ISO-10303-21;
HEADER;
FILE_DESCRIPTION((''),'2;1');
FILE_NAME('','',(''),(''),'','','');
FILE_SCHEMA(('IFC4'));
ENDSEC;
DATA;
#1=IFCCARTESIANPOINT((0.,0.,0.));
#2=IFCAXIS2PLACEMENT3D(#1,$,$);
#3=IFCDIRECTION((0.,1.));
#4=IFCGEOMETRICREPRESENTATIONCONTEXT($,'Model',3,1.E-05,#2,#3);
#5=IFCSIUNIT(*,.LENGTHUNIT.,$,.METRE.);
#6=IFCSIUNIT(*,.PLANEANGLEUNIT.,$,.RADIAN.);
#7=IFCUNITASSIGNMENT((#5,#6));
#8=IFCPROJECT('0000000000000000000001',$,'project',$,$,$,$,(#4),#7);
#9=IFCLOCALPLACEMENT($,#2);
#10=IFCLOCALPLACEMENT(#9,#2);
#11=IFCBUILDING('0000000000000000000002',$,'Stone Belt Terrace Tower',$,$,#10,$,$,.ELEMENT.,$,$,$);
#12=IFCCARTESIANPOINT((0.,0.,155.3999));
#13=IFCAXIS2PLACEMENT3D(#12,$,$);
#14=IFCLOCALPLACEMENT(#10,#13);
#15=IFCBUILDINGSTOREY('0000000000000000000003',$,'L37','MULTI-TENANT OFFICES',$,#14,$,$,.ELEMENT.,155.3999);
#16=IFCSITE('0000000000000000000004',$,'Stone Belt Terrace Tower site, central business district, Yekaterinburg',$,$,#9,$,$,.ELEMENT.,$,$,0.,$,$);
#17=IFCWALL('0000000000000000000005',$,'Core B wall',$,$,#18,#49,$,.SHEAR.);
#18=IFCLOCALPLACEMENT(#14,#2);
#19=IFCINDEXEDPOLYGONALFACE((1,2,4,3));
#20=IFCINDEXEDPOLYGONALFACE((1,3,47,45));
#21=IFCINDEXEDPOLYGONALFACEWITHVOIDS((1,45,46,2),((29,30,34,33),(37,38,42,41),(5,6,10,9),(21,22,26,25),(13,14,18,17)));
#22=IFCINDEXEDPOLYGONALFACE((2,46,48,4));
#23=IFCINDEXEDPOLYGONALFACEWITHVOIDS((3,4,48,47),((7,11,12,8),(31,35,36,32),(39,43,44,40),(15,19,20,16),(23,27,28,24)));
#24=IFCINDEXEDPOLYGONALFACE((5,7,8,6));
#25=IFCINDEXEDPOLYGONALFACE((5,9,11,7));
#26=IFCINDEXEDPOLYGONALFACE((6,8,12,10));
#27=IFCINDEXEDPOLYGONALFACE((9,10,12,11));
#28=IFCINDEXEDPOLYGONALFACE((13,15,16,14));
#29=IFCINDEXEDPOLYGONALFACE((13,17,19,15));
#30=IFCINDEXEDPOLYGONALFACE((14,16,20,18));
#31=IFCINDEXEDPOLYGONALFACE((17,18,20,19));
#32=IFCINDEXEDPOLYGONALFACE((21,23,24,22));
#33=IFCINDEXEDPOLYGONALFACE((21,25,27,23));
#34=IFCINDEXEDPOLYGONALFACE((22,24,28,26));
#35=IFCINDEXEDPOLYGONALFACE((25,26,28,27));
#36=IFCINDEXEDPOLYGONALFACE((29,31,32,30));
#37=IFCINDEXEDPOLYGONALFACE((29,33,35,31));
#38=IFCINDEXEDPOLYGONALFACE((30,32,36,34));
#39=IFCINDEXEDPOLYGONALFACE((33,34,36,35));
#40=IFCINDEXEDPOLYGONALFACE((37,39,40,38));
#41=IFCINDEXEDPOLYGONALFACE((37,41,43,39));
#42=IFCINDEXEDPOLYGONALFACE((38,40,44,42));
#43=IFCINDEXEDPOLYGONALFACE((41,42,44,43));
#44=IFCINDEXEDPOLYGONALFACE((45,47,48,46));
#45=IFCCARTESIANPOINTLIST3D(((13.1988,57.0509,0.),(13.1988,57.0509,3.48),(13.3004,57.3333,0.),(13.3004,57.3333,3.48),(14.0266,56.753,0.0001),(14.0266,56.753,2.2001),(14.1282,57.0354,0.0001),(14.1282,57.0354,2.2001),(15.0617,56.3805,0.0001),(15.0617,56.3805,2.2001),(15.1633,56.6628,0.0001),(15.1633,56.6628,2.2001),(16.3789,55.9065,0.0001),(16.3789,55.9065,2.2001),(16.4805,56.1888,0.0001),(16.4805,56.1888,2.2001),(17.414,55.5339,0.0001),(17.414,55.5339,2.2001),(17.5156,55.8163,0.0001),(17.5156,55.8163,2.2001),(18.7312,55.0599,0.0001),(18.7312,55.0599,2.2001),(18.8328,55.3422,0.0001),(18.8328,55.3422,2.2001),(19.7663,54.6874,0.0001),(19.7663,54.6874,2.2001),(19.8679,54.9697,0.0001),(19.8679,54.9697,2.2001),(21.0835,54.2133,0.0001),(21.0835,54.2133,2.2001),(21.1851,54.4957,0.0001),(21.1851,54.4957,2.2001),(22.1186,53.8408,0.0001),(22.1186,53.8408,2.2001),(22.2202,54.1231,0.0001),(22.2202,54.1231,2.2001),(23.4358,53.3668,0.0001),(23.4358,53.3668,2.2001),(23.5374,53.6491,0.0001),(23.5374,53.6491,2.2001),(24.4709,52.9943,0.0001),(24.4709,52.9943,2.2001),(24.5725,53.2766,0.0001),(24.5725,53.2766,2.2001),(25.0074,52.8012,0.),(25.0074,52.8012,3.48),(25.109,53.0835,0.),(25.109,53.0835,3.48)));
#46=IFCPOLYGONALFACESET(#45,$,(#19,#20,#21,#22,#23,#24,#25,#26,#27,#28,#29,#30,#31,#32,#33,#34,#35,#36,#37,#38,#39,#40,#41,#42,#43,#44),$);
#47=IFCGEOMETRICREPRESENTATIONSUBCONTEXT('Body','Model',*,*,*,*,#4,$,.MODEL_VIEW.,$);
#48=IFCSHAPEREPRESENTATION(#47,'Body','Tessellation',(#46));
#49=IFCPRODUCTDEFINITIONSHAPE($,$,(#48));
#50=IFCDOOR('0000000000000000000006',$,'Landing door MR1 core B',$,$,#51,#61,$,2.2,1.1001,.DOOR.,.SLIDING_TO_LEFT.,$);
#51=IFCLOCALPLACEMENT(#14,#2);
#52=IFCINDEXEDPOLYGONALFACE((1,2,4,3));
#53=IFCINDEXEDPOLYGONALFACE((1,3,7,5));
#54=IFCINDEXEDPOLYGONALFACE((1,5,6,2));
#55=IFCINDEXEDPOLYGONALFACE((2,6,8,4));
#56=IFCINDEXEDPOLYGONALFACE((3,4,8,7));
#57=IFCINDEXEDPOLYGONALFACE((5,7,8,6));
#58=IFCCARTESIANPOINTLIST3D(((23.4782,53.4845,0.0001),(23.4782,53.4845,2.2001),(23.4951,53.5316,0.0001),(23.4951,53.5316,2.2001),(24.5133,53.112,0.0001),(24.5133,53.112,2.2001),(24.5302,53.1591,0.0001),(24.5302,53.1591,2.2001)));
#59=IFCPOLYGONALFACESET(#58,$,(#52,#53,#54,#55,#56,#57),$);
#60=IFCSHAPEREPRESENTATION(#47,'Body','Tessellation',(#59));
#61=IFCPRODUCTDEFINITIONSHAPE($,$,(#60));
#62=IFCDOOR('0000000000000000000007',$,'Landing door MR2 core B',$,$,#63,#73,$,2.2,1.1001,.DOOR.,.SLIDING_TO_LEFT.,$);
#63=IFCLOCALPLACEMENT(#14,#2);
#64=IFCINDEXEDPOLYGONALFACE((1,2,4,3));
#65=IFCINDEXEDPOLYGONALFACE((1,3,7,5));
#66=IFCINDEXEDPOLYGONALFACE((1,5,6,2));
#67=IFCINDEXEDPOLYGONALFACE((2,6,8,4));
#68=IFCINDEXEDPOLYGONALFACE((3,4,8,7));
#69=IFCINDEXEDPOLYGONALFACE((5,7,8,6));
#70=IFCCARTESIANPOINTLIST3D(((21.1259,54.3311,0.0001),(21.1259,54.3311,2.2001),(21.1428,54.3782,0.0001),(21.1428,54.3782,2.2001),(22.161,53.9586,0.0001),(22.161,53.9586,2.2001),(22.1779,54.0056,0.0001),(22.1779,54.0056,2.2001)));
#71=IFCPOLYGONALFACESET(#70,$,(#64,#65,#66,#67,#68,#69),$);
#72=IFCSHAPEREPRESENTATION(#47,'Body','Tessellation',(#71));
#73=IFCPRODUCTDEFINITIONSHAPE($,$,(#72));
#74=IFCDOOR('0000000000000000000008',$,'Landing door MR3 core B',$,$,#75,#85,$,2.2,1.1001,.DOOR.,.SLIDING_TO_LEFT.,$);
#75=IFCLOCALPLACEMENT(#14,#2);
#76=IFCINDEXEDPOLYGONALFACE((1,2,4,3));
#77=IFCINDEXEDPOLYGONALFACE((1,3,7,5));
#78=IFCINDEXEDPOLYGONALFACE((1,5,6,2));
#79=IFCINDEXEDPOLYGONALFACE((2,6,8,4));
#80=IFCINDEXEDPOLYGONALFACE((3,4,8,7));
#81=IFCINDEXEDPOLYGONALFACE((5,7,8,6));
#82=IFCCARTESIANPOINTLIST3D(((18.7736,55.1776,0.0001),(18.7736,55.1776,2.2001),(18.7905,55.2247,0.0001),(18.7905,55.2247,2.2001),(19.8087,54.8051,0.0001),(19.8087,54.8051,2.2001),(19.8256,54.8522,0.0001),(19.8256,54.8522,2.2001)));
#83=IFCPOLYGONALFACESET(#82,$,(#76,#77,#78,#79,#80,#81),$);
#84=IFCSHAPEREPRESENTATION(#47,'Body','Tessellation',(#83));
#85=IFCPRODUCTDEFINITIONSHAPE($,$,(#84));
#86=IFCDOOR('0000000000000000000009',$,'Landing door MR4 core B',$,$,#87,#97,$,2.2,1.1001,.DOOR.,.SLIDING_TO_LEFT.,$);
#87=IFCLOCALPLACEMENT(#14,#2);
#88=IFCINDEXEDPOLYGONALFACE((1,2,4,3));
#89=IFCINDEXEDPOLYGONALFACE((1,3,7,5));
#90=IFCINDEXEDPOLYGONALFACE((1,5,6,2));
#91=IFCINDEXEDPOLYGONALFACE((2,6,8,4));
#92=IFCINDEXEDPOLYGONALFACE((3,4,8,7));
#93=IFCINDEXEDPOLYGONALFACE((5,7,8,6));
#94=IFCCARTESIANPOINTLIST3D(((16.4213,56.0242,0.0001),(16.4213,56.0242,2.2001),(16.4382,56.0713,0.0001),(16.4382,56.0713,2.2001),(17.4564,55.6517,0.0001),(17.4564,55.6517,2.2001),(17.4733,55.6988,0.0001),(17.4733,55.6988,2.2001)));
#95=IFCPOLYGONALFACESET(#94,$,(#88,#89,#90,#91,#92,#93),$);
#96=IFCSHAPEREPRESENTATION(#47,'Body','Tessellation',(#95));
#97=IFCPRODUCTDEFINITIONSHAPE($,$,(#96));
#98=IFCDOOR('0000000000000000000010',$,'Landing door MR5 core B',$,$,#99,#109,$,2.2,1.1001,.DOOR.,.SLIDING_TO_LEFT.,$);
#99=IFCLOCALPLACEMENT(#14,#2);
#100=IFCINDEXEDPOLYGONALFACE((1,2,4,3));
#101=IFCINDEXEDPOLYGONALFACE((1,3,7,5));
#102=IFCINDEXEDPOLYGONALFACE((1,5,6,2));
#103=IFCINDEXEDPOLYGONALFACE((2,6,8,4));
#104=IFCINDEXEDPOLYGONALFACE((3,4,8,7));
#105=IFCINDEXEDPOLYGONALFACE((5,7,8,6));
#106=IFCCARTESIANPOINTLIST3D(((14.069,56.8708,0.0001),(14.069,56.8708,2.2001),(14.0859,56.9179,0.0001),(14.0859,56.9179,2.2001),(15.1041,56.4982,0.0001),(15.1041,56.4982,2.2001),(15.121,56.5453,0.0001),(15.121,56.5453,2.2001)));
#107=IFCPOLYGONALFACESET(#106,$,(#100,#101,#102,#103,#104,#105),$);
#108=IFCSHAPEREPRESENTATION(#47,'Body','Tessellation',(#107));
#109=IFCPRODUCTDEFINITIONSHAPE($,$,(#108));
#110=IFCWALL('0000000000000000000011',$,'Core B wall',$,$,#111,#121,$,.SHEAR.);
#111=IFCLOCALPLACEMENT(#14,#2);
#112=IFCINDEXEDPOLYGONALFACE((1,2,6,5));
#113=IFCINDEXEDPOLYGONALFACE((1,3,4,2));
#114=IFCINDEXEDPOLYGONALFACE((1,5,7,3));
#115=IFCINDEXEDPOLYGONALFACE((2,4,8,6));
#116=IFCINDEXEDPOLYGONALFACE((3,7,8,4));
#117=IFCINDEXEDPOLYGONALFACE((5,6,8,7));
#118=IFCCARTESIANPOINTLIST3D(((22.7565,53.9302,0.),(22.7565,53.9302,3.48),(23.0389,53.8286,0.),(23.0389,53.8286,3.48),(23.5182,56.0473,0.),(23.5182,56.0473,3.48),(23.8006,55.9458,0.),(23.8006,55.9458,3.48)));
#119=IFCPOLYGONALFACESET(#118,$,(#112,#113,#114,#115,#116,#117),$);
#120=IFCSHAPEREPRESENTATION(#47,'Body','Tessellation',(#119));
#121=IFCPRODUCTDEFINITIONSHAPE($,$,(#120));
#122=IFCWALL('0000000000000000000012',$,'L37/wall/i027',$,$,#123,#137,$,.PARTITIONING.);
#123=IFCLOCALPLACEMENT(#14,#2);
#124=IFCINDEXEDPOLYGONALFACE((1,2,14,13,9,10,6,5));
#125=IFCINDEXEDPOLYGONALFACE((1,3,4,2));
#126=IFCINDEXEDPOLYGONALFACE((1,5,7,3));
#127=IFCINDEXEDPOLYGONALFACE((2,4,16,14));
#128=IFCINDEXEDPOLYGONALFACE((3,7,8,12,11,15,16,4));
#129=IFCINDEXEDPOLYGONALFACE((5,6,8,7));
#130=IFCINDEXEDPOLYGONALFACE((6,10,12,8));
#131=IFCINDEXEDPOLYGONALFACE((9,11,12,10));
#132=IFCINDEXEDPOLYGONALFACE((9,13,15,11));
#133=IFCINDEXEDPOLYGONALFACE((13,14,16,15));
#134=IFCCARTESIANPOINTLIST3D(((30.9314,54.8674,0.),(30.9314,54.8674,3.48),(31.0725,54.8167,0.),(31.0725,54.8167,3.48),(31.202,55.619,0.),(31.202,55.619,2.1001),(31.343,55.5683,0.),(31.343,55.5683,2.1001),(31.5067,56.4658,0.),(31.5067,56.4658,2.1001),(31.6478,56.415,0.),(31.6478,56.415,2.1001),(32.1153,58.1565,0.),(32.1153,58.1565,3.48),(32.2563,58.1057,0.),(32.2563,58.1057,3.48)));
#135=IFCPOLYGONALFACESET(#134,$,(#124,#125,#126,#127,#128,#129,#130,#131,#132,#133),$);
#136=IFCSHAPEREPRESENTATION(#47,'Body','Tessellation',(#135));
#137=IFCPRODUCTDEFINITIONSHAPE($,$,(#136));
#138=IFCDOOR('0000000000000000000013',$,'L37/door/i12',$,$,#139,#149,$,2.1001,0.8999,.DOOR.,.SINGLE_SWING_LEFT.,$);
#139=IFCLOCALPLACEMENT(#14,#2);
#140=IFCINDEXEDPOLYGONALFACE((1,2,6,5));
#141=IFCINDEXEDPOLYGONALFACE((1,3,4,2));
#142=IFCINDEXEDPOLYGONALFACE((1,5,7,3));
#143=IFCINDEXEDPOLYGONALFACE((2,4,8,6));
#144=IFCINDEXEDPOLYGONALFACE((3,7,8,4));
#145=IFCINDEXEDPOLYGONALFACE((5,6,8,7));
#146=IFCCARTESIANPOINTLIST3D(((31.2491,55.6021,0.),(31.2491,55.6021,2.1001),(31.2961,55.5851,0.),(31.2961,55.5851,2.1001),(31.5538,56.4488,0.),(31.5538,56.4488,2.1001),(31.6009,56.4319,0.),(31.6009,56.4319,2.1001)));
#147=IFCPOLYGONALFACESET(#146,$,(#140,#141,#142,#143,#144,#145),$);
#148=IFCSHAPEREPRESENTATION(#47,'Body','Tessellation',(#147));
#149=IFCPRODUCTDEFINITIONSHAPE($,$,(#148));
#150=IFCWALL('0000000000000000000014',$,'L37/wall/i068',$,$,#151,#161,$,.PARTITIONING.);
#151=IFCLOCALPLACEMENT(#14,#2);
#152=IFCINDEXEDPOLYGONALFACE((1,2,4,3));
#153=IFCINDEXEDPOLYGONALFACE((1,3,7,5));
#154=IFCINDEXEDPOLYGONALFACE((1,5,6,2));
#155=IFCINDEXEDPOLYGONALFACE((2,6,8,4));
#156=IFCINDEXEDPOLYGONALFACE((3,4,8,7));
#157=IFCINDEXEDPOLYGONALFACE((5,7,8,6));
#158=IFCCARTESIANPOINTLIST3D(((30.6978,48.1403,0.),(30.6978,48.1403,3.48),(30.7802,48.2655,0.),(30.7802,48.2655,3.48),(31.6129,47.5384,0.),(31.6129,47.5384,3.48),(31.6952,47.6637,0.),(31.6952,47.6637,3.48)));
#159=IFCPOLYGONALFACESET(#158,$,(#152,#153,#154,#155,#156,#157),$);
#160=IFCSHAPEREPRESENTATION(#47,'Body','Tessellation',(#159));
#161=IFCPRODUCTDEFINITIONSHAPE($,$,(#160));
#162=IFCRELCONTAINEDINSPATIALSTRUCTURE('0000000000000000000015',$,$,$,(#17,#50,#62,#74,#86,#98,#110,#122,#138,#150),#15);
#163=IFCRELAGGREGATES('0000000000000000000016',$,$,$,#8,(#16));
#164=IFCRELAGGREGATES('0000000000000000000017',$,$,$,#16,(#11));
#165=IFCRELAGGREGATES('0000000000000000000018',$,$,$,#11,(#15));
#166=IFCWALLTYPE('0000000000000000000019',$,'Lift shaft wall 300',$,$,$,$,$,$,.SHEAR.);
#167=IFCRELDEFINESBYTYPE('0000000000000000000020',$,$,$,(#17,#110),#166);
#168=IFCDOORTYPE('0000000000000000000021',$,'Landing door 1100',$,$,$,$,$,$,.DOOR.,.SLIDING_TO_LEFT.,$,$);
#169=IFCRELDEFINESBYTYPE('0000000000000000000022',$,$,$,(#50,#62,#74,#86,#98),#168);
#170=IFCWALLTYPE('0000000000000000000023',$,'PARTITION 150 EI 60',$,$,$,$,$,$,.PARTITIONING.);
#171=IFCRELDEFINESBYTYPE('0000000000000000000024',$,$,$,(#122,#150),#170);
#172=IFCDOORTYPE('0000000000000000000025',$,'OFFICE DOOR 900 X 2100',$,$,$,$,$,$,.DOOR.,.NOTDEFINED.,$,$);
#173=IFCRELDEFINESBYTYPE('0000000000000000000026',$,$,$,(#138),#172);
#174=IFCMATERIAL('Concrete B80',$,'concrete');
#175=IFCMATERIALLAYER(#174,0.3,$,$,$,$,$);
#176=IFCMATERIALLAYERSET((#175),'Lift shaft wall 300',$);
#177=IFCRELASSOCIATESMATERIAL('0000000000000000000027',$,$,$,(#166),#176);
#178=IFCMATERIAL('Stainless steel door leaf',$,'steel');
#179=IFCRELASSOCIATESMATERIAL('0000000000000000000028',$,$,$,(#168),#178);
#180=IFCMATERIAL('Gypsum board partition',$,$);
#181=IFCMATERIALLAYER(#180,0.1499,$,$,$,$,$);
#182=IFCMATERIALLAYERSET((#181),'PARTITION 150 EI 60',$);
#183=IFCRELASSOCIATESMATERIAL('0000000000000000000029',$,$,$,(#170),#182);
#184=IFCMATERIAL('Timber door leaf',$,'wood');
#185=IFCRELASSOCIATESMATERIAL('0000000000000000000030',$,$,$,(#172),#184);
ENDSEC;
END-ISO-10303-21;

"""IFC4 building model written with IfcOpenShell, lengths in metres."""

from ifc_helpers import new_model, si_unit, direction, frame, frame_2d, origin, place, context, subcontext, project, spatial, rectangle, extrude, material, layer, layer_set, type_object, element, fill, save


model = new_model("IFC4")

# Units and contexts
model_context = context("Model", 3, precision=1e-05, world=origin(), true_north=direction((0.0, 1.0)))
body_context = subcontext(model_context, "Body", "Model", "MODEL_VIEW")
ifc_project = project(units=[si_unit("LENGTHUNIT", "METRE"), si_unit("PLANEANGLEUNIT", "RADIAN")], contexts=[model_context])

# Site, building, storey
site_placement = place(None, origin())
site = spatial("IfcSite", under=ifc_project, at=site_placement, Name="Stone Belt Terrace Tower site, central business district, Yekaterinburg", CompositionType="ELEMENT", RefElevation=0.0)
building_placement = place(site_placement, origin())
building = spatial("IfcBuilding", under=site, at=building_placement, Name="Stone Belt Terrace Tower", CompositionType="ELEMENT")
storey_placement = place(building_placement, frame((0.0, 0.0, 155.3999)))
storey = spatial("IfcBuildingStorey", under=building, at=storey_placement, Name="L37", Description="MULTI-TENANT OFFICES", CompositionType="ELEMENT", Elevation=155.3999)

# Shared definitions
ifc_material_1 = material(Name="Concrete B80", Category="concrete")

# Shared definitions
ifc_material_2 = material(Name="Timber door leaf", Category="wood")

# Shared definitions
ifc_layer_1 = layer(ifc_material_1, 0.3)
ifc_layer_set_1 = layer_set([ifc_layer_1], Name="Lift shaft wall 300")
wall_type_1 = type_object("IfcWallType", Name="Lift shaft wall 300", PredefinedType="SHEAR", material=ifc_layer_set_1)
ifc_material_3 = material(Name="Stainless steel door leaf", Category="steel")

# Wall, openings, doors
wall_1_placement = place(storey_placement, frame((25.0581, 52.9424, 0.0), z_axis=(0.0, 0.0, 1.0), x_axis=(-0.940921, 0.338625, 0.0)))
wall_1 = element("IfcWall", 1, at=wall_1_placement, inside=storey, type_object=wall_type_1, Name="Core B wall", PredefinedType="SHEAR", context=body_context, shape_type="SweptSolid", body=[
    extrude(rectangle(XDim=12.55, YDim=0.3, at=frame_2d((6.2749, 0.0))), origin(), (0.0, 0.0, 1.0), 3.48),
])
opening_1_placement = place(wall_1_placement, frame((0.5701, 0.0, 0.0)))
opening_1 = element("IfcOpeningElement", 2, at=opening_1_placement, cuts=wall_1, PredefinedType="OPENING", context=body_context, shape_type="SweptSolid", body=[
    extrude(rectangle(XDim=1.1001, YDim=2.2, at=frame_2d((0.55, 1.1001))), frame((0.0, 0.1599, 0.0), z_axis=(0.0, -1.0, 0.0), x_axis=(1.0, 0.0, 0.0)), (0.0, 0.0, 1.0), 0.3201),
])
opening_2_placement = place(wall_1_placement, frame((3.0701, 0.0, 0.0)))
opening_2 = element("IfcOpeningElement", 3, at=opening_2_placement, cuts=wall_1, PredefinedType="OPENING", context=body_context, shape_type="SweptSolid", body=[
    extrude(rectangle(XDim=1.1001, YDim=2.2, at=frame_2d((0.55, 1.1001))), frame((0.0, 0.1599, 0.0), z_axis=(0.0, -1.0, 0.0), x_axis=(1.0, 0.0, 0.0)), (0.0, 0.0, 1.0), 0.3201),
])
opening_3_placement = place(wall_1_placement, frame((5.5701, 0.0, 0.0)))
opening_3 = element("IfcOpeningElement", 4, at=opening_3_placement, cuts=wall_1, PredefinedType="OPENING", context=body_context, shape_type="SweptSolid", body=[
    extrude(rectangle(XDim=1.1001, YDim=2.2, at=frame_2d((0.55, 1.1001))), frame((0.0, 0.1599, 0.0), z_axis=(0.0, -1.0, 0.0), x_axis=(1.0, 0.0, 0.0)), (0.0, 0.0, 1.0), 0.3201),
])
opening_4_placement = place(wall_1_placement, frame((8.0701, 0.0, 0.0)))
opening_4 = element("IfcOpeningElement", 5, at=opening_4_placement, cuts=wall_1, PredefinedType="OPENING", context=body_context, shape_type="SweptSolid", body=[
    extrude(rectangle(XDim=1.1001, YDim=2.2, at=frame_2d((0.55, 1.1001))), frame((0.0, 0.1599, 0.0), z_axis=(0.0, -1.0, 0.0), x_axis=(1.0, 0.0, 0.0)), (0.0, 0.0, 1.0), 0.3201),
])
opening_5_placement = place(wall_1_placement, frame((10.5701, 0.0, 0.0)))
opening_5 = element("IfcOpeningElement", 6, at=opening_5_placement, cuts=wall_1, PredefinedType="OPENING", context=body_context, shape_type="SweptSolid", body=[
    extrude(rectangle(XDim=1.1001, YDim=2.2, at=frame_2d((0.55, 1.1001))), frame((0.0, 0.1599, 0.0), z_axis=(0.0, -1.0, 0.0), x_axis=(1.0, 0.0, 0.0)), (0.0, 0.0, 1.0), 0.3201),
])
door_type_1 = type_object("IfcDoorType", Name="Landing door 1100", OperationType="SLIDING_TO_LEFT", PredefinedType="DOOR", material=ifc_material_3)
door_1_placement = place(opening_1_placement, origin())
door_1 = element("IfcDoor", 7, at=door_1_placement, inside=storey, type_object=door_type_1, Name="Landing door MR1 core B", OperationType="SLIDING_TO_LEFT", OverallHeight=2.2, OverallWidth=1.1001, PredefinedType="DOOR", context=body_context, shape_type="SweptSolid", body=[
    extrude(rectangle(XDim=1.1001, YDim=2.2, at=frame_2d((0.55, 1.1001))), frame((0.0, 0.0249, 0.0), z_axis=(0.0, -1.0, 0.0), x_axis=(1.0, 0.0, 0.0)), (0.0, 0.0, 1.0), 0.05),
])
fill(opening_1, door_1)
door_2_placement = place(opening_2_placement, origin())
door_2 = element("IfcDoor", 8, at=door_2_placement, inside=storey, type_object=door_type_1, Name="Landing door MR2 core B", OperationType="SLIDING_TO_LEFT", OverallHeight=2.2, OverallWidth=1.1001, PredefinedType="DOOR", context=body_context, shape_type="SweptSolid", body=[
    extrude(rectangle(XDim=1.1001, YDim=2.2, at=frame_2d((0.55, 1.1001))), frame((0.0, 0.0249, 0.0), z_axis=(0.0, -1.0, 0.0), x_axis=(1.0, 0.0, 0.0)), (0.0, 0.0, 1.0), 0.05),
])
fill(opening_2, door_2)
door_3_placement = place(opening_3_placement, origin())
door_3 = element("IfcDoor", 9, at=door_3_placement, inside=storey, type_object=door_type_1, Name="Landing door MR3 core B", OperationType="SLIDING_TO_LEFT", OverallHeight=2.2, OverallWidth=1.1001, PredefinedType="DOOR", context=body_context, shape_type="SweptSolid", body=[
    extrude(rectangle(XDim=1.1001, YDim=2.2, at=frame_2d((0.55, 1.1001))), frame((0.0, 0.0249, 0.0), z_axis=(0.0, -1.0, 0.0), x_axis=(1.0, 0.0, 0.0)), (0.0, 0.0, 1.0), 0.05),
])
fill(opening_3, door_3)
door_4_placement = place(opening_4_placement, origin())
door_4 = element("IfcDoor", 10, at=door_4_placement, inside=storey, type_object=door_type_1, Name="Landing door MR4 core B", OperationType="SLIDING_TO_LEFT", OverallHeight=2.2, OverallWidth=1.1001, PredefinedType="DOOR", context=body_context, shape_type="SweptSolid", body=[
    extrude(rectangle(XDim=1.1001, YDim=2.2, at=frame_2d((0.55, 1.1001))), frame((0.0, 0.0249, 0.0), z_axis=(0.0, -1.0, 0.0), x_axis=(1.0, 0.0, 0.0)), (0.0, 0.0, 1.0), 0.05),
])
fill(opening_4, door_4)
door_5_placement = place(opening_5_placement, origin())
door_5 = element("IfcDoor", 11, at=door_5_placement, inside=storey, type_object=door_type_1, Name="Landing door MR5 core B", OperationType="SLIDING_TO_LEFT", OverallHeight=2.2, OverallWidth=1.1001, PredefinedType="DOOR", context=body_context, shape_type="SweptSolid", body=[
    extrude(rectangle(XDim=1.1001, YDim=2.2, at=frame_2d((0.55, 1.1001))), frame((0.0, 0.0249, 0.0), z_axis=(0.0, -1.0, 0.0), x_axis=(1.0, 0.0, 0.0)), (0.0, 0.0, 1.0), 0.05),
])
fill(opening_5, door_5)

# Wall
wall_2_placement = place(storey_placement, frame((22.8977, 53.8794, 0.0), z_axis=(0.0, 0.0, 1.0), x_axis=(0.338535, 0.940954, 0.0)))
element("IfcWall", 12, at=wall_2_placement, inside=storey, type_object=wall_type_1, Name="Core B wall", PredefinedType="SHEAR", context=body_context, shape_type="SweptSolid", body=[
    extrude(rectangle(XDim=2.25, YDim=0.3, at=frame_2d((1.125, 0.0))), origin(), (0.0, 0.0, 1.0), 3.48),
])

# Wall, opening, door
ifc_material_4 = material(Name="Gypsum board partition")
ifc_layer_2 = layer(ifc_material_4, 0.1499)
ifc_layer_set_2 = layer_set([ifc_layer_2], Name="PARTITION 150 EI 60")
wall_type_2 = type_object("IfcWallType", Name="PARTITION 150 EI 60", PredefinedType="PARTITIONING", material=ifc_layer_set_2)
wall_3_placement = place(storey_placement, frame((31.002, 54.842, 0.0), z_axis=(0.0, 0.0, 1.0), x_axis=(0.338663, 0.940908, 0.0)))
wall_3 = element("IfcWall", 13, at=wall_3_placement, inside=storey, type_object=wall_type_2, Name="L37/wall/i027", PredefinedType="PARTITIONING", context=body_context, shape_type="SweptSolid", body=[
    extrude(rectangle(XDim=3.4956, YDim=0.1499, at=frame_2d((1.7478, 0.0))), origin(), (0.0, 0.0, 1.0), 3.48),
])
opening_6_placement = place(wall_3_placement, frame((0.7988, 0.0, 0.0)))
opening_6 = element("IfcOpeningElement", 14, at=opening_6_placement, cuts=wall_3, PredefinedType="OPENING", context=body_context, shape_type="SweptSolid", body=[
    extrude(rectangle(XDim=0.8999, YDim=2.1001, at=frame_2d((0.45, 1.05))), frame((0.0, 0.085, 0.0), z_axis=(0.0, -1.0, 0.0), x_axis=(1.0, 0.0, 0.0)), (0.0, 0.0, 1.0), 0.1699),
])
door_type_2 = type_object("IfcDoorType", Name="OFFICE DOOR 900 X 2100", OperationType="NOTDEFINED", PredefinedType="DOOR", material=ifc_material_2)
door_6_placement = place(opening_6_placement, origin())
door_6 = element("IfcDoor", 15, at=door_6_placement, inside=storey, type_object=door_type_2, Name="L37/door/i12", OperationType="SINGLE_SWING_LEFT", OverallHeight=2.1001, OverallWidth=0.8999, PredefinedType="DOOR", context=body_context, shape_type="SweptSolid", body=[
    extrude(rectangle(XDim=0.8999, YDim=2.1001, at=frame_2d((0.45, 1.05))), frame((0.0, 0.0249, 0.0), z_axis=(0.0, -1.0, 0.0), x_axis=(1.0, 0.0, 0.0)), (0.0, 0.0, 1.0), 0.05),
])
fill(opening_6, door_6)

# Wall
wall_4_placement = place(storey_placement, frame((30.739, 48.2029, 0.0), z_axis=(0.0, 0.0, 1.0), x_axis=(0.835498, -0.549494, 0.0)))
element("IfcWall", 16, at=wall_4_placement, inside=storey, type_object=wall_type_2, Name="L37/wall/i068", PredefinedType="PARTITIONING", context=body_context, shape_type="SweptSolid", body=[
    extrude(rectangle(XDim=1.0952, YDim=0.1499, at=frame_2d((0.5476, 0.0))), origin(), (0.0, 0.0, 1.0), 3.48),
])

save(model, "model.ifc")
